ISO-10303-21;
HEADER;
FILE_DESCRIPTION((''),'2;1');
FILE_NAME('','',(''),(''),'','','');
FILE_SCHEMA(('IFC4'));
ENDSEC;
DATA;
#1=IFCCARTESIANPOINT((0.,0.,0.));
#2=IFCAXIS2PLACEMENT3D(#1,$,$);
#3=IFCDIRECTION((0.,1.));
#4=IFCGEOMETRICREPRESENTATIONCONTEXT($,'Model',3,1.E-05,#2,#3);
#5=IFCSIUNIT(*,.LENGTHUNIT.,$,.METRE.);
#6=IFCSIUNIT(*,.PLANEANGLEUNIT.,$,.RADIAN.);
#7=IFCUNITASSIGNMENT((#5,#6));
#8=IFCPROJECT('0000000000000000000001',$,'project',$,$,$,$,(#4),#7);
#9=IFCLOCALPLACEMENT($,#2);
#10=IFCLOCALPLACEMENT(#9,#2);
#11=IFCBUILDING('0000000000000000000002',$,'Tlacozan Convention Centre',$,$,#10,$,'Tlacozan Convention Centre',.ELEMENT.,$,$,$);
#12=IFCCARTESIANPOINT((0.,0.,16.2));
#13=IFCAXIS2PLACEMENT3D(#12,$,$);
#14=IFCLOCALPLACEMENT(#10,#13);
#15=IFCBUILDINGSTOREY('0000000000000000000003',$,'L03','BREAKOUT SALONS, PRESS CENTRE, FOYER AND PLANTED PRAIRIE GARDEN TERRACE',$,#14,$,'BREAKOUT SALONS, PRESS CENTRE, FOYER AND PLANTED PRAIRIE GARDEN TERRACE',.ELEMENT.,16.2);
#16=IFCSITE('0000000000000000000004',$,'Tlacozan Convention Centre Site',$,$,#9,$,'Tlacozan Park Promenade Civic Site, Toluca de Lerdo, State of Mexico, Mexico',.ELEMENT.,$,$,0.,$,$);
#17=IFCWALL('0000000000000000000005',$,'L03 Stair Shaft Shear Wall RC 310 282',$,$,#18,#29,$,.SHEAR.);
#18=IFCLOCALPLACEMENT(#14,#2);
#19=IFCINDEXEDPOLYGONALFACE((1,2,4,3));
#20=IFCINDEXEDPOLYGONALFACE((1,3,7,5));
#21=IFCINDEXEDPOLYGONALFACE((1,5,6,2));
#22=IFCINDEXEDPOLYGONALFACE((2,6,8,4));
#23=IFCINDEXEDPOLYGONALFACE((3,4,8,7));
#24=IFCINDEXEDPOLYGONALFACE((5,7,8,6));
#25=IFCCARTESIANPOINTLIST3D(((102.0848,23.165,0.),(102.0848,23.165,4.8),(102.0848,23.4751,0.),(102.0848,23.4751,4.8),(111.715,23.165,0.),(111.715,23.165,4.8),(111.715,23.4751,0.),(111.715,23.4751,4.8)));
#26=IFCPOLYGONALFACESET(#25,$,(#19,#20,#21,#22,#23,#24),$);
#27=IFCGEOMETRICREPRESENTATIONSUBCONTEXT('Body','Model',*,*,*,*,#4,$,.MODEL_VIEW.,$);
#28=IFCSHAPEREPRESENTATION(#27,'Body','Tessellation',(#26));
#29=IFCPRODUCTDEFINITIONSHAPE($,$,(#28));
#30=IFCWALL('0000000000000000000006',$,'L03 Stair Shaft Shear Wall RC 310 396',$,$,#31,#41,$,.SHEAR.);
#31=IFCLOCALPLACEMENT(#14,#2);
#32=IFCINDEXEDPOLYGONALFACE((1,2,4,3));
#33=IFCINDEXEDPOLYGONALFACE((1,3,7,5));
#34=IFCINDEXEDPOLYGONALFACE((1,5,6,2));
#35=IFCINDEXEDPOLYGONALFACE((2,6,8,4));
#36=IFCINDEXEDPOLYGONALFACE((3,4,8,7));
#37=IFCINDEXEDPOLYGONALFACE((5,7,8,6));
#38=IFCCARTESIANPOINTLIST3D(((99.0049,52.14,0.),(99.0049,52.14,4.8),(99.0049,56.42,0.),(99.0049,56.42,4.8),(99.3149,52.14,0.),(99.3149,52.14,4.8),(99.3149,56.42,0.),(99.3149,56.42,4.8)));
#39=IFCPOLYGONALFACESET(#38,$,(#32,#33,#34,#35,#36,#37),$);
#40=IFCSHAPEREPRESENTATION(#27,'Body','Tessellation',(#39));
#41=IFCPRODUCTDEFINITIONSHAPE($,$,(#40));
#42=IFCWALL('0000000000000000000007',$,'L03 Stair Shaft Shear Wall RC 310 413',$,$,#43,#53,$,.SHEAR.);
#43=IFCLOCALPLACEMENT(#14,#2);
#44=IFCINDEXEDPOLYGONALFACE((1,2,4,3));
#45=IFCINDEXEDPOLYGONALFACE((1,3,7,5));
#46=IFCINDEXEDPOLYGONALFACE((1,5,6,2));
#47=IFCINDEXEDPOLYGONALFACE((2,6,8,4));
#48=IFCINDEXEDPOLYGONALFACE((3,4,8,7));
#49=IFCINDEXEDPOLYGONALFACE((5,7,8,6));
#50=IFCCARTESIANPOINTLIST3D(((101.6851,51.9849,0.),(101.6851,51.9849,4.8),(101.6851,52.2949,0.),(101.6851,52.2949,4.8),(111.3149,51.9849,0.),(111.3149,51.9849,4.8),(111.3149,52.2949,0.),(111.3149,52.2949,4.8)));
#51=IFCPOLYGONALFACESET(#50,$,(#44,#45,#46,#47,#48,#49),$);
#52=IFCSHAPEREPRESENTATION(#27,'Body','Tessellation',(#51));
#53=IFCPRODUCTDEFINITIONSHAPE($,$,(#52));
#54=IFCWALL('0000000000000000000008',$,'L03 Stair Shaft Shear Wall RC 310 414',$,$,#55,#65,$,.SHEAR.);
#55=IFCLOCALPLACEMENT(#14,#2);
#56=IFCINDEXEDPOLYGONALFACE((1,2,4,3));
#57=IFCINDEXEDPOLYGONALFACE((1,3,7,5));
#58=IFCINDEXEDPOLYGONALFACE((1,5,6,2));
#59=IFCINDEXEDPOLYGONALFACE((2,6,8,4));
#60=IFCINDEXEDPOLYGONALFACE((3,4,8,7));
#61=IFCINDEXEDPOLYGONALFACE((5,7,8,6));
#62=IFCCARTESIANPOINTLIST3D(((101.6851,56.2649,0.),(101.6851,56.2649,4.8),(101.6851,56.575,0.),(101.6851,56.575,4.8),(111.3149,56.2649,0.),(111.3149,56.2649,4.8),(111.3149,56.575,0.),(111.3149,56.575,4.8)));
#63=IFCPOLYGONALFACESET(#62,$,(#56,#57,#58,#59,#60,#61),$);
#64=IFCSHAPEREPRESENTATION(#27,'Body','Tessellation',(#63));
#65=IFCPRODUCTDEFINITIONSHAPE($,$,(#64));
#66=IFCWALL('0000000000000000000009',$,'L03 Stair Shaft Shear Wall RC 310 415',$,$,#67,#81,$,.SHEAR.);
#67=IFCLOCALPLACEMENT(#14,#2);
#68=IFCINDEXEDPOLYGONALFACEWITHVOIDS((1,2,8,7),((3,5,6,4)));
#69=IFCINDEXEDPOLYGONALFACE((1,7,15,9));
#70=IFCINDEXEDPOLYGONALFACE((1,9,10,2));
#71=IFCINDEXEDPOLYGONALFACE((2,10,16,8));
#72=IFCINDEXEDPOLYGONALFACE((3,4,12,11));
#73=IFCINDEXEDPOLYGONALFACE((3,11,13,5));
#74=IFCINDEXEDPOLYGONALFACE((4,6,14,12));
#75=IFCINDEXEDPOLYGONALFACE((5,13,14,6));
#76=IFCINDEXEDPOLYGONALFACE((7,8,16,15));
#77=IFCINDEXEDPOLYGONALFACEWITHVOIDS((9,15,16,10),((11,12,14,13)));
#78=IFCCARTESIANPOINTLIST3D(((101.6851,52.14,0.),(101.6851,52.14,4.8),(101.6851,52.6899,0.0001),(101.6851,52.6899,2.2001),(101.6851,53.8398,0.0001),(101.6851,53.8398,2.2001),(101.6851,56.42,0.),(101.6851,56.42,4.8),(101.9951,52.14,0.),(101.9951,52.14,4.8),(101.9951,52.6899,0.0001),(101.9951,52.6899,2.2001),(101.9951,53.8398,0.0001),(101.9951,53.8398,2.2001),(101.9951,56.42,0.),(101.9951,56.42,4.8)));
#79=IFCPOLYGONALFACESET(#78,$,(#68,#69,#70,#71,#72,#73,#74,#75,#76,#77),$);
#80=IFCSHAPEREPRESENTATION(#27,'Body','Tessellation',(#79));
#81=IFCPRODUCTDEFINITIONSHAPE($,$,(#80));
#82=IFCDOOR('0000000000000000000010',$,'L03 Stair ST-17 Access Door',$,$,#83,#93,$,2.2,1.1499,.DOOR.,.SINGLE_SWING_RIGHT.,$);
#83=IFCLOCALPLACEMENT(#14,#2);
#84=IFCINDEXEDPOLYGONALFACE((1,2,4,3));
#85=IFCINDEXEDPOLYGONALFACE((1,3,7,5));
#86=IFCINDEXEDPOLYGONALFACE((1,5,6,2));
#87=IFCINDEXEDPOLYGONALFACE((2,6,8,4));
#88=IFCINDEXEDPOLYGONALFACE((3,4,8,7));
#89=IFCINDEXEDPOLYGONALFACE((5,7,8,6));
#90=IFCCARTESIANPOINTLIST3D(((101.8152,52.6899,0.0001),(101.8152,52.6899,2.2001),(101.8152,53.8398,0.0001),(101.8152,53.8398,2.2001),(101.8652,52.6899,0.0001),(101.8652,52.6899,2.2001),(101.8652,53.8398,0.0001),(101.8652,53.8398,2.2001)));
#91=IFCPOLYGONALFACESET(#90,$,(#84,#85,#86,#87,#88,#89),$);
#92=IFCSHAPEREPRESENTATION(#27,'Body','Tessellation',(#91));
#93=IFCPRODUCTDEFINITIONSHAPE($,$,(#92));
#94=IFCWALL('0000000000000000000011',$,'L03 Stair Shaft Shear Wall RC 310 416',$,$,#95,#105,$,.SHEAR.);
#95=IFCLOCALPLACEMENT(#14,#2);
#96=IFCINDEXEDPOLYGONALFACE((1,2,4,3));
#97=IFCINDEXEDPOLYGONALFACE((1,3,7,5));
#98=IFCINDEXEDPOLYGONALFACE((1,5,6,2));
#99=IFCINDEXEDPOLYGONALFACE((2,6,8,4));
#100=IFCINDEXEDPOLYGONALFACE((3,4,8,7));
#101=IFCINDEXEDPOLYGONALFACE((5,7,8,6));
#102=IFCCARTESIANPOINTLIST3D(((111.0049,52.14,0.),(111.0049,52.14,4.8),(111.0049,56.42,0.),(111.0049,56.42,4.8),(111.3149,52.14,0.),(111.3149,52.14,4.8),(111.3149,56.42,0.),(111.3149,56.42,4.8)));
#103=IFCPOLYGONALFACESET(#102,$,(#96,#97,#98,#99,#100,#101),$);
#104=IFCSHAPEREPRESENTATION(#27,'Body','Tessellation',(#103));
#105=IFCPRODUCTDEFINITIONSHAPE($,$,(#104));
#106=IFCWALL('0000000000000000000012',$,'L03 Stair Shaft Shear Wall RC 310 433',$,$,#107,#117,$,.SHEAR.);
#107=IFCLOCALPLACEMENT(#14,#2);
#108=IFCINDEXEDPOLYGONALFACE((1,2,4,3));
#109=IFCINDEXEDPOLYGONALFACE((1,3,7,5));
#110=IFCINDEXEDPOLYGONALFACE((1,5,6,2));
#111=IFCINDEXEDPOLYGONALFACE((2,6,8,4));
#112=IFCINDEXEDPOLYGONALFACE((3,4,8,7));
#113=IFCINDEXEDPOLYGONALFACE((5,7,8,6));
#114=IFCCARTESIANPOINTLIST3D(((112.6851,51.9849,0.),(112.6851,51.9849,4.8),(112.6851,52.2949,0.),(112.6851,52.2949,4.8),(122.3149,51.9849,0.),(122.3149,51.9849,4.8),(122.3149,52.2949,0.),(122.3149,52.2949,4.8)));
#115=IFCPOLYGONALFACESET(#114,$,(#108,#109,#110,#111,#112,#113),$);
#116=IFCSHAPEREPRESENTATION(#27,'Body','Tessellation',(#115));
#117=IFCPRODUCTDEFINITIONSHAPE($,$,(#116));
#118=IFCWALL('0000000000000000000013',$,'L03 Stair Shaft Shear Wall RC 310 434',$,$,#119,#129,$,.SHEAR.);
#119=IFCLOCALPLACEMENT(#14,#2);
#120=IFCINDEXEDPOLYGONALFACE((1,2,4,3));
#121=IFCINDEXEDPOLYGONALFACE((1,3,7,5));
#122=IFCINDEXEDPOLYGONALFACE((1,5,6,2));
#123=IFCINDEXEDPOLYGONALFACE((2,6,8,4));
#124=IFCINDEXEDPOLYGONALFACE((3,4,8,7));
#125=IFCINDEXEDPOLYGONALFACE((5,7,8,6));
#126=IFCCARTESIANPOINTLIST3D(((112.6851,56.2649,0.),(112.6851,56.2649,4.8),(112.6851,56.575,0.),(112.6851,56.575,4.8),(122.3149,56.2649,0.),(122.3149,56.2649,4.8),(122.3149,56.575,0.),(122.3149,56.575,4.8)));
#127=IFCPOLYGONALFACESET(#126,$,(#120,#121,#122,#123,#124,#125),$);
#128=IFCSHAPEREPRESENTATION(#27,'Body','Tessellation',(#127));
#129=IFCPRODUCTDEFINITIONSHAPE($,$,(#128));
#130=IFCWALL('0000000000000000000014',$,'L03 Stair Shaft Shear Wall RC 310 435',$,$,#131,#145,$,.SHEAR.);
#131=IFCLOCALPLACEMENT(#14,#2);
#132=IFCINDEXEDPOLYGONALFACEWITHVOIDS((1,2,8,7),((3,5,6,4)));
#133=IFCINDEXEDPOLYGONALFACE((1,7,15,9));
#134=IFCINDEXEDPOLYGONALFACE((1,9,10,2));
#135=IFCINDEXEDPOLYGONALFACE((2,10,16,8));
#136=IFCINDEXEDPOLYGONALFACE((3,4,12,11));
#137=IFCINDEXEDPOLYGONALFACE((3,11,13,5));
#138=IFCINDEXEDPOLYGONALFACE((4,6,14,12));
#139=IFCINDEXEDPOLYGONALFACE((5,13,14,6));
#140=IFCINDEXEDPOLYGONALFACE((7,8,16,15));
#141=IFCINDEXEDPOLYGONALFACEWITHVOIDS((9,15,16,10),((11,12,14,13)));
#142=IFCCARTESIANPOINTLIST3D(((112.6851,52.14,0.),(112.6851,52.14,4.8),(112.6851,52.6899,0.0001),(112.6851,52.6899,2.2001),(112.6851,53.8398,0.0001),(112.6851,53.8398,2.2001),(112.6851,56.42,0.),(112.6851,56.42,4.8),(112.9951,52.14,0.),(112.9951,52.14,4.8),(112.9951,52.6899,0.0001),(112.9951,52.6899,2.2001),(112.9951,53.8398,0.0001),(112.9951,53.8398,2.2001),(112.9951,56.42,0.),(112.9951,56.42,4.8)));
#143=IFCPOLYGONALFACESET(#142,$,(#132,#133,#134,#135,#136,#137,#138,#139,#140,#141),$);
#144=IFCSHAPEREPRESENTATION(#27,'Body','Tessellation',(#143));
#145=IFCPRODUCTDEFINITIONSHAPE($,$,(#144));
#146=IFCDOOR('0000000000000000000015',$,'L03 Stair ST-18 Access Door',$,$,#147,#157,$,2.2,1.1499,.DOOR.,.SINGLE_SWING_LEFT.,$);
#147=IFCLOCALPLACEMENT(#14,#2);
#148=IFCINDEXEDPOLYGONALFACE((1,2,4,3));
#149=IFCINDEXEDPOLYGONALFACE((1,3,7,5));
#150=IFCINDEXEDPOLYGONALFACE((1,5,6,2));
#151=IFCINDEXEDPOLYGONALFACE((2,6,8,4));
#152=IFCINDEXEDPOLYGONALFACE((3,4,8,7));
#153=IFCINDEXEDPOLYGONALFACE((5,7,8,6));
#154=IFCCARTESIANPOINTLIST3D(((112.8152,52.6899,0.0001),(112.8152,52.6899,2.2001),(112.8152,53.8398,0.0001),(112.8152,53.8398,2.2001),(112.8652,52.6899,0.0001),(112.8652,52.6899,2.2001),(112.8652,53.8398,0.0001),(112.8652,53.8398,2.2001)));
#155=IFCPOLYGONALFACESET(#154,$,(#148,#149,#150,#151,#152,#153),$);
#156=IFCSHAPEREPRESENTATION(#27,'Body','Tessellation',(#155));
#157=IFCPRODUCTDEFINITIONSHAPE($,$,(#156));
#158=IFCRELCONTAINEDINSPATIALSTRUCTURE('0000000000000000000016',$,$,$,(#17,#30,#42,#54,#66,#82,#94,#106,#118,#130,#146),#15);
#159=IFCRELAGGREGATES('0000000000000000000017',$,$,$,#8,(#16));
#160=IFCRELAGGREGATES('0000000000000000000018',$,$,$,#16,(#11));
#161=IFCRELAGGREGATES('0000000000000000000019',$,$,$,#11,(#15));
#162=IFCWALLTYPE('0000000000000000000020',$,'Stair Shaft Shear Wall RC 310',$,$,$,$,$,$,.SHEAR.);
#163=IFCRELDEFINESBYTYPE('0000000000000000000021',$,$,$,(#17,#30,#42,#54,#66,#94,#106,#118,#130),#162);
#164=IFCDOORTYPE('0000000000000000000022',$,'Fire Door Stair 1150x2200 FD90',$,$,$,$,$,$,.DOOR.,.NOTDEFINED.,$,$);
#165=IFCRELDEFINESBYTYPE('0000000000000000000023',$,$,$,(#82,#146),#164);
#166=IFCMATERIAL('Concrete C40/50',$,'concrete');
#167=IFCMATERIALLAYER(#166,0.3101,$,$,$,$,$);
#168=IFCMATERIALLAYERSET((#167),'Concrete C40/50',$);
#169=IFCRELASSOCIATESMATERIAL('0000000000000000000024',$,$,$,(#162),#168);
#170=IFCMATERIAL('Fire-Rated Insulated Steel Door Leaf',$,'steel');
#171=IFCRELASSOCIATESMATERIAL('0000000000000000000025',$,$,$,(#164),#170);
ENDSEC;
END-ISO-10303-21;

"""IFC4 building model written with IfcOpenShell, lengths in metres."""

from ifc_helpers import new_model, si_unit, direction, frame, frame_2d, origin, place, context, subcontext, project, spatial, rectangle, extrude, material, layer, layer_set, type_object, element, fill, save


model = new_model("IFC4")

# Units and contexts
model_context = context("Model", 3, precision=1e-05, world=origin(), true_north=direction((0.0, 1.0)))
body_context = subcontext(model_context, "Body", "Model", "MODEL_VIEW")
ifc_project = project(units=[si_unit("LENGTHUNIT", "METRE"), si_unit("PLANEANGLEUNIT", "RADIAN")], contexts=[model_context])

# Site, building, storey
site_placement = place(None, origin())
site = spatial("IfcSite", under=ifc_project, at=site_placement, Name="Tlacozan Convention Centre Site", LongName="Tlacozan Park Promenade Civic Site, Toluca de Lerdo, State of Mexico, Mexico", CompositionType="ELEMENT", RefElevation=0.0)
building_placement = place(site_placement, origin())
building = spatial("IfcBuilding", under=site, at=building_placement, Name="Tlacozan Convention Centre", LongName="Tlacozan Convention Centre", CompositionType="ELEMENT")
storey_placement = place(building_placement, frame((0.0, 0.0, 16.2)))
storey = spatial("IfcBuildingStorey", under=building, at=storey_placement, Name="L03", Description="BREAKOUT SALONS, PRESS CENTRE, FOYER AND PLANTED PRAIRIE GARDEN TERRACE", LongName="BREAKOUT SALONS, PRESS CENTRE, FOYER AND PLANTED PRAIRIE GARDEN TERRACE", CompositionType="ELEMENT", Elevation=16.2)

# Shared definitions
ifc_material_1 = material(Name="Concrete C40/50", Category="concrete")

# Walls
ifc_layer_1 = layer(ifc_material_1, 0.3101)
ifc_layer_set_1 = layer_set([ifc_layer_1], Name="Concrete C40/50")
wall_type_1 = type_object("IfcWallType", Name="Stair Shaft Shear Wall RC 310", PredefinedType="SHEAR", material=ifc_layer_set_1)
wall_1_placement = place(storey_placement, frame((102.085, 23.3201, 0.0), z_axis=(0.0, 0.0, 1.0), x_axis=(1.0, 0.0, 0.0)))
element("IfcWall", 1, at=wall_1_placement, inside=storey, type_object=wall_type_1, Name="L03 Stair Shaft Shear Wall RC 310 282", PredefinedType="SHEAR", context=body_context, shape_type="SweptSolid", body=[
    extrude(rectangle(XDim=9.6301, YDim=0.3101, at=frame_2d((4.8149, 0.0))), origin(), (0.0, 0.0, 1.0), 4.8),
])
wall_2_placement = place(storey_placement, frame((99.1599, 52.1399, 0.0), z_axis=(0.0, 0.0, 1.0), x_axis=(0.0, 1.0, 0.0)))
element("IfcWall", 2, at=wall_2_placement, inside=storey, type_object=wall_type_1, Name="L03 Stair Shaft Shear Wall RC 310 396", PredefinedType="SHEAR", context=body_context, shape_type="SweptSolid", body=[
    extrude(rectangle(XDim=4.28, YDim=0.3101, at=frame_2d((2.1401, 0.0))), origin(), (0.0, 0.0, 1.0), 4.8),
])
for number, where, z_axis, x_axis, name in (
    (3, (101.6851, 52.1399, 0.0), (0.0, 0.0, 1.0), (1.0, 0.0, 0.0), "L03 Stair Shaft Shear Wall RC 310 413"),
    (4, (101.6851, 56.4199, 0.0), (0.0, 0.0, 1.0), (1.0, 0.0, 0.0), "L03 Stair Shaft Shear Wall RC 310 414"),
):
    element("IfcWall", number, at=place(storey_placement, frame(where, z_axis=z_axis, x_axis=x_axis)), inside=storey, type_object=wall_type_1, Name=name, PredefinedType="SHEAR", context=body_context, shape_type="SweptSolid", body=[
        extrude(rectangle(XDim=9.6299, YDim=0.3101, at=frame_2d((4.8149, 0.0))), origin(), (0.0, 0.0, 1.0), 4.8),
    ])

# Wall, opening, door
wall_3_placement = place(storey_placement, frame((101.8401, 52.1399, 0.0), z_axis=(0.0, 0.0, 1.0), x_axis=(0.0, 1.0, 0.0)))
wall_3 = element("IfcWall", 5, at=wall_3_placement, inside=storey, type_object=wall_type_1, Name="L03 Stair Shaft Shear Wall RC 310 415", PredefinedType="SHEAR", context=body_context, shape_type="SweptSolid", body=[
    extrude(rectangle(XDim=4.28, YDim=0.3101, at=frame_2d((2.1401, 0.0))), origin(), (0.0, 0.0, 1.0), 4.8),
])
opening_1_placement = place(wall_3_placement, frame((0.55, 0.0, 0.0)))
opening_1 = element("IfcOpeningElement", 6, at=opening_1_placement, cuts=wall_3, PredefinedType="OPENING", context=body_context, shape_type="SweptSolid", body=[
    extrude(rectangle(XDim=1.1499, YDim=2.2, at=frame_2d((0.575, 1.1001))), frame((0.0, 0.165, 0.0), z_axis=(0.0, -1.0, 0.0), x_axis=(1.0, 0.0, 0.0)), (0.0, 0.0, 1.0), 0.3301),
])
ifc_material_2 = material(Name="Fire-Rated Insulated Steel Door Leaf", Category="steel")
door_type_1 = type_object("IfcDoorType", Name="Fire Door Stair 1150x2200 FD90", OperationType="NOTDEFINED", PredefinedType="DOOR", material=ifc_material_2)
door_1_placement = place(opening_1_placement, origin())
door_1 = element("IfcDoor", 7, at=door_1_placement, inside=storey, type_object=door_type_1, Name="L03 Stair ST-17 Access Door", OperationType="SINGLE_SWING_RIGHT", OverallHeight=2.2, OverallWidth=1.1499, PredefinedType="DOOR", context=body_context, shape_type="SweptSolid", body=[
    extrude(rectangle(XDim=1.1499, YDim=2.2, at=frame_2d((0.575, 1.1001))), frame((0.0, 0.0249, 0.0), z_axis=(0.0, -1.0, 0.0), x_axis=(1.0, 0.0, 0.0)), (0.0, 0.0, 1.0), 0.05),
])
fill(opening_1, door_1)

# Walls
wall_4_placement = place(storey_placement, frame((111.1599, 52.1399, 0.0), z_axis=(0.0, 0.0, 1.0), x_axis=(0.0, 1.0, 0.0)))
element("IfcWall", 8, at=wall_4_placement, inside=storey, type_object=wall_type_1, Name="L03 Stair Shaft Shear Wall RC 310 416", PredefinedType="SHEAR", context=body_context, shape_type="SweptSolid", body=[
    extrude(rectangle(XDim=4.28, YDim=0.3101, at=frame_2d((2.1401, 0.0))), origin(), (0.0, 0.0, 1.0), 4.8),
])
for number, where, z_axis, x_axis, name in (
    (9, (112.6851, 52.1399, 0.0), (0.0, 0.0, 1.0), (1.0, 0.0, 0.0), "L03 Stair Shaft Shear Wall RC 310 433"),
    (10, (112.6851, 56.4199, 0.0), (0.0, 0.0, 1.0), (1.0, 0.0, 0.0), "L03 Stair Shaft Shear Wall RC 310 434"),
):
    element("IfcWall", number, at=place(storey_placement, frame(where, z_axis=z_axis, x_axis=x_axis)), inside=storey, type_object=wall_type_1, Name=name, PredefinedType="SHEAR", context=body_context, shape_type="SweptSolid", body=[
        extrude(rectangle(XDim=9.6299, YDim=0.3101, at=frame_2d((4.8149, 0.0))), origin(), (0.0, 0.0, 1.0), 4.8),
    ])

# Wall, opening, door
wall_5_placement = place(storey_placement, frame((112.8401, 52.1399, 0.0), z_axis=(0.0, 0.0, 1.0), x_axis=(0.0, 1.0, 0.0)))
wall_5 = element("IfcWall", 11, at=wall_5_placement, inside=storey, type_object=wall_type_1, Name="L03 Stair Shaft Shear Wall RC 310 435", PredefinedType="SHEAR", context=body_context, shape_type="SweptSolid", body=[
    extrude(rectangle(XDim=4.28, YDim=0.3101, at=frame_2d((2.1401, 0.0))), origin(), (0.0, 0.0, 1.0), 4.8),
])
opening_2_placement = place(wall_5_placement, frame((0.55, 0.0, 0.0)))
opening_2 = element("IfcOpeningElement", 12, at=opening_2_placement, cuts=wall_5, PredefinedType="OPENING", context=body_context, shape_type="SweptSolid", body=[
    extrude(rectangle(XDim=1.1499, YDim=2.2, at=frame_2d((0.575, 1.1001))), frame((0.0, 0.165, 0.0), z_axis=(0.0, -1.0, 0.0), x_axis=(1.0, 0.0, 0.0)), (0.0, 0.0, 1.0), 0.3301),
])
door_2_placement = place(opening_2_placement, origin())
door_2 = element("IfcDoor", 13, at=door_2_placement, inside=storey, type_object=door_type_1, Name="L03 Stair ST-18 Access Door", OperationType="SINGLE_SWING_LEFT", OverallHeight=2.2, OverallWidth=1.1499, PredefinedType="DOOR", context=body_context, shape_type="SweptSolid", body=[
    extrude(rectangle(XDim=1.1499, YDim=2.2, at=frame_2d((0.575, 1.1001))), frame((0.0, 0.0249, 0.0), z_axis=(0.0, -1.0, 0.0), x_axis=(1.0, 0.0, 0.0)), (0.0, 0.0, 1.0), 0.05),
])
fill(opening_2, door_2)

save(model, "model.ifc")
